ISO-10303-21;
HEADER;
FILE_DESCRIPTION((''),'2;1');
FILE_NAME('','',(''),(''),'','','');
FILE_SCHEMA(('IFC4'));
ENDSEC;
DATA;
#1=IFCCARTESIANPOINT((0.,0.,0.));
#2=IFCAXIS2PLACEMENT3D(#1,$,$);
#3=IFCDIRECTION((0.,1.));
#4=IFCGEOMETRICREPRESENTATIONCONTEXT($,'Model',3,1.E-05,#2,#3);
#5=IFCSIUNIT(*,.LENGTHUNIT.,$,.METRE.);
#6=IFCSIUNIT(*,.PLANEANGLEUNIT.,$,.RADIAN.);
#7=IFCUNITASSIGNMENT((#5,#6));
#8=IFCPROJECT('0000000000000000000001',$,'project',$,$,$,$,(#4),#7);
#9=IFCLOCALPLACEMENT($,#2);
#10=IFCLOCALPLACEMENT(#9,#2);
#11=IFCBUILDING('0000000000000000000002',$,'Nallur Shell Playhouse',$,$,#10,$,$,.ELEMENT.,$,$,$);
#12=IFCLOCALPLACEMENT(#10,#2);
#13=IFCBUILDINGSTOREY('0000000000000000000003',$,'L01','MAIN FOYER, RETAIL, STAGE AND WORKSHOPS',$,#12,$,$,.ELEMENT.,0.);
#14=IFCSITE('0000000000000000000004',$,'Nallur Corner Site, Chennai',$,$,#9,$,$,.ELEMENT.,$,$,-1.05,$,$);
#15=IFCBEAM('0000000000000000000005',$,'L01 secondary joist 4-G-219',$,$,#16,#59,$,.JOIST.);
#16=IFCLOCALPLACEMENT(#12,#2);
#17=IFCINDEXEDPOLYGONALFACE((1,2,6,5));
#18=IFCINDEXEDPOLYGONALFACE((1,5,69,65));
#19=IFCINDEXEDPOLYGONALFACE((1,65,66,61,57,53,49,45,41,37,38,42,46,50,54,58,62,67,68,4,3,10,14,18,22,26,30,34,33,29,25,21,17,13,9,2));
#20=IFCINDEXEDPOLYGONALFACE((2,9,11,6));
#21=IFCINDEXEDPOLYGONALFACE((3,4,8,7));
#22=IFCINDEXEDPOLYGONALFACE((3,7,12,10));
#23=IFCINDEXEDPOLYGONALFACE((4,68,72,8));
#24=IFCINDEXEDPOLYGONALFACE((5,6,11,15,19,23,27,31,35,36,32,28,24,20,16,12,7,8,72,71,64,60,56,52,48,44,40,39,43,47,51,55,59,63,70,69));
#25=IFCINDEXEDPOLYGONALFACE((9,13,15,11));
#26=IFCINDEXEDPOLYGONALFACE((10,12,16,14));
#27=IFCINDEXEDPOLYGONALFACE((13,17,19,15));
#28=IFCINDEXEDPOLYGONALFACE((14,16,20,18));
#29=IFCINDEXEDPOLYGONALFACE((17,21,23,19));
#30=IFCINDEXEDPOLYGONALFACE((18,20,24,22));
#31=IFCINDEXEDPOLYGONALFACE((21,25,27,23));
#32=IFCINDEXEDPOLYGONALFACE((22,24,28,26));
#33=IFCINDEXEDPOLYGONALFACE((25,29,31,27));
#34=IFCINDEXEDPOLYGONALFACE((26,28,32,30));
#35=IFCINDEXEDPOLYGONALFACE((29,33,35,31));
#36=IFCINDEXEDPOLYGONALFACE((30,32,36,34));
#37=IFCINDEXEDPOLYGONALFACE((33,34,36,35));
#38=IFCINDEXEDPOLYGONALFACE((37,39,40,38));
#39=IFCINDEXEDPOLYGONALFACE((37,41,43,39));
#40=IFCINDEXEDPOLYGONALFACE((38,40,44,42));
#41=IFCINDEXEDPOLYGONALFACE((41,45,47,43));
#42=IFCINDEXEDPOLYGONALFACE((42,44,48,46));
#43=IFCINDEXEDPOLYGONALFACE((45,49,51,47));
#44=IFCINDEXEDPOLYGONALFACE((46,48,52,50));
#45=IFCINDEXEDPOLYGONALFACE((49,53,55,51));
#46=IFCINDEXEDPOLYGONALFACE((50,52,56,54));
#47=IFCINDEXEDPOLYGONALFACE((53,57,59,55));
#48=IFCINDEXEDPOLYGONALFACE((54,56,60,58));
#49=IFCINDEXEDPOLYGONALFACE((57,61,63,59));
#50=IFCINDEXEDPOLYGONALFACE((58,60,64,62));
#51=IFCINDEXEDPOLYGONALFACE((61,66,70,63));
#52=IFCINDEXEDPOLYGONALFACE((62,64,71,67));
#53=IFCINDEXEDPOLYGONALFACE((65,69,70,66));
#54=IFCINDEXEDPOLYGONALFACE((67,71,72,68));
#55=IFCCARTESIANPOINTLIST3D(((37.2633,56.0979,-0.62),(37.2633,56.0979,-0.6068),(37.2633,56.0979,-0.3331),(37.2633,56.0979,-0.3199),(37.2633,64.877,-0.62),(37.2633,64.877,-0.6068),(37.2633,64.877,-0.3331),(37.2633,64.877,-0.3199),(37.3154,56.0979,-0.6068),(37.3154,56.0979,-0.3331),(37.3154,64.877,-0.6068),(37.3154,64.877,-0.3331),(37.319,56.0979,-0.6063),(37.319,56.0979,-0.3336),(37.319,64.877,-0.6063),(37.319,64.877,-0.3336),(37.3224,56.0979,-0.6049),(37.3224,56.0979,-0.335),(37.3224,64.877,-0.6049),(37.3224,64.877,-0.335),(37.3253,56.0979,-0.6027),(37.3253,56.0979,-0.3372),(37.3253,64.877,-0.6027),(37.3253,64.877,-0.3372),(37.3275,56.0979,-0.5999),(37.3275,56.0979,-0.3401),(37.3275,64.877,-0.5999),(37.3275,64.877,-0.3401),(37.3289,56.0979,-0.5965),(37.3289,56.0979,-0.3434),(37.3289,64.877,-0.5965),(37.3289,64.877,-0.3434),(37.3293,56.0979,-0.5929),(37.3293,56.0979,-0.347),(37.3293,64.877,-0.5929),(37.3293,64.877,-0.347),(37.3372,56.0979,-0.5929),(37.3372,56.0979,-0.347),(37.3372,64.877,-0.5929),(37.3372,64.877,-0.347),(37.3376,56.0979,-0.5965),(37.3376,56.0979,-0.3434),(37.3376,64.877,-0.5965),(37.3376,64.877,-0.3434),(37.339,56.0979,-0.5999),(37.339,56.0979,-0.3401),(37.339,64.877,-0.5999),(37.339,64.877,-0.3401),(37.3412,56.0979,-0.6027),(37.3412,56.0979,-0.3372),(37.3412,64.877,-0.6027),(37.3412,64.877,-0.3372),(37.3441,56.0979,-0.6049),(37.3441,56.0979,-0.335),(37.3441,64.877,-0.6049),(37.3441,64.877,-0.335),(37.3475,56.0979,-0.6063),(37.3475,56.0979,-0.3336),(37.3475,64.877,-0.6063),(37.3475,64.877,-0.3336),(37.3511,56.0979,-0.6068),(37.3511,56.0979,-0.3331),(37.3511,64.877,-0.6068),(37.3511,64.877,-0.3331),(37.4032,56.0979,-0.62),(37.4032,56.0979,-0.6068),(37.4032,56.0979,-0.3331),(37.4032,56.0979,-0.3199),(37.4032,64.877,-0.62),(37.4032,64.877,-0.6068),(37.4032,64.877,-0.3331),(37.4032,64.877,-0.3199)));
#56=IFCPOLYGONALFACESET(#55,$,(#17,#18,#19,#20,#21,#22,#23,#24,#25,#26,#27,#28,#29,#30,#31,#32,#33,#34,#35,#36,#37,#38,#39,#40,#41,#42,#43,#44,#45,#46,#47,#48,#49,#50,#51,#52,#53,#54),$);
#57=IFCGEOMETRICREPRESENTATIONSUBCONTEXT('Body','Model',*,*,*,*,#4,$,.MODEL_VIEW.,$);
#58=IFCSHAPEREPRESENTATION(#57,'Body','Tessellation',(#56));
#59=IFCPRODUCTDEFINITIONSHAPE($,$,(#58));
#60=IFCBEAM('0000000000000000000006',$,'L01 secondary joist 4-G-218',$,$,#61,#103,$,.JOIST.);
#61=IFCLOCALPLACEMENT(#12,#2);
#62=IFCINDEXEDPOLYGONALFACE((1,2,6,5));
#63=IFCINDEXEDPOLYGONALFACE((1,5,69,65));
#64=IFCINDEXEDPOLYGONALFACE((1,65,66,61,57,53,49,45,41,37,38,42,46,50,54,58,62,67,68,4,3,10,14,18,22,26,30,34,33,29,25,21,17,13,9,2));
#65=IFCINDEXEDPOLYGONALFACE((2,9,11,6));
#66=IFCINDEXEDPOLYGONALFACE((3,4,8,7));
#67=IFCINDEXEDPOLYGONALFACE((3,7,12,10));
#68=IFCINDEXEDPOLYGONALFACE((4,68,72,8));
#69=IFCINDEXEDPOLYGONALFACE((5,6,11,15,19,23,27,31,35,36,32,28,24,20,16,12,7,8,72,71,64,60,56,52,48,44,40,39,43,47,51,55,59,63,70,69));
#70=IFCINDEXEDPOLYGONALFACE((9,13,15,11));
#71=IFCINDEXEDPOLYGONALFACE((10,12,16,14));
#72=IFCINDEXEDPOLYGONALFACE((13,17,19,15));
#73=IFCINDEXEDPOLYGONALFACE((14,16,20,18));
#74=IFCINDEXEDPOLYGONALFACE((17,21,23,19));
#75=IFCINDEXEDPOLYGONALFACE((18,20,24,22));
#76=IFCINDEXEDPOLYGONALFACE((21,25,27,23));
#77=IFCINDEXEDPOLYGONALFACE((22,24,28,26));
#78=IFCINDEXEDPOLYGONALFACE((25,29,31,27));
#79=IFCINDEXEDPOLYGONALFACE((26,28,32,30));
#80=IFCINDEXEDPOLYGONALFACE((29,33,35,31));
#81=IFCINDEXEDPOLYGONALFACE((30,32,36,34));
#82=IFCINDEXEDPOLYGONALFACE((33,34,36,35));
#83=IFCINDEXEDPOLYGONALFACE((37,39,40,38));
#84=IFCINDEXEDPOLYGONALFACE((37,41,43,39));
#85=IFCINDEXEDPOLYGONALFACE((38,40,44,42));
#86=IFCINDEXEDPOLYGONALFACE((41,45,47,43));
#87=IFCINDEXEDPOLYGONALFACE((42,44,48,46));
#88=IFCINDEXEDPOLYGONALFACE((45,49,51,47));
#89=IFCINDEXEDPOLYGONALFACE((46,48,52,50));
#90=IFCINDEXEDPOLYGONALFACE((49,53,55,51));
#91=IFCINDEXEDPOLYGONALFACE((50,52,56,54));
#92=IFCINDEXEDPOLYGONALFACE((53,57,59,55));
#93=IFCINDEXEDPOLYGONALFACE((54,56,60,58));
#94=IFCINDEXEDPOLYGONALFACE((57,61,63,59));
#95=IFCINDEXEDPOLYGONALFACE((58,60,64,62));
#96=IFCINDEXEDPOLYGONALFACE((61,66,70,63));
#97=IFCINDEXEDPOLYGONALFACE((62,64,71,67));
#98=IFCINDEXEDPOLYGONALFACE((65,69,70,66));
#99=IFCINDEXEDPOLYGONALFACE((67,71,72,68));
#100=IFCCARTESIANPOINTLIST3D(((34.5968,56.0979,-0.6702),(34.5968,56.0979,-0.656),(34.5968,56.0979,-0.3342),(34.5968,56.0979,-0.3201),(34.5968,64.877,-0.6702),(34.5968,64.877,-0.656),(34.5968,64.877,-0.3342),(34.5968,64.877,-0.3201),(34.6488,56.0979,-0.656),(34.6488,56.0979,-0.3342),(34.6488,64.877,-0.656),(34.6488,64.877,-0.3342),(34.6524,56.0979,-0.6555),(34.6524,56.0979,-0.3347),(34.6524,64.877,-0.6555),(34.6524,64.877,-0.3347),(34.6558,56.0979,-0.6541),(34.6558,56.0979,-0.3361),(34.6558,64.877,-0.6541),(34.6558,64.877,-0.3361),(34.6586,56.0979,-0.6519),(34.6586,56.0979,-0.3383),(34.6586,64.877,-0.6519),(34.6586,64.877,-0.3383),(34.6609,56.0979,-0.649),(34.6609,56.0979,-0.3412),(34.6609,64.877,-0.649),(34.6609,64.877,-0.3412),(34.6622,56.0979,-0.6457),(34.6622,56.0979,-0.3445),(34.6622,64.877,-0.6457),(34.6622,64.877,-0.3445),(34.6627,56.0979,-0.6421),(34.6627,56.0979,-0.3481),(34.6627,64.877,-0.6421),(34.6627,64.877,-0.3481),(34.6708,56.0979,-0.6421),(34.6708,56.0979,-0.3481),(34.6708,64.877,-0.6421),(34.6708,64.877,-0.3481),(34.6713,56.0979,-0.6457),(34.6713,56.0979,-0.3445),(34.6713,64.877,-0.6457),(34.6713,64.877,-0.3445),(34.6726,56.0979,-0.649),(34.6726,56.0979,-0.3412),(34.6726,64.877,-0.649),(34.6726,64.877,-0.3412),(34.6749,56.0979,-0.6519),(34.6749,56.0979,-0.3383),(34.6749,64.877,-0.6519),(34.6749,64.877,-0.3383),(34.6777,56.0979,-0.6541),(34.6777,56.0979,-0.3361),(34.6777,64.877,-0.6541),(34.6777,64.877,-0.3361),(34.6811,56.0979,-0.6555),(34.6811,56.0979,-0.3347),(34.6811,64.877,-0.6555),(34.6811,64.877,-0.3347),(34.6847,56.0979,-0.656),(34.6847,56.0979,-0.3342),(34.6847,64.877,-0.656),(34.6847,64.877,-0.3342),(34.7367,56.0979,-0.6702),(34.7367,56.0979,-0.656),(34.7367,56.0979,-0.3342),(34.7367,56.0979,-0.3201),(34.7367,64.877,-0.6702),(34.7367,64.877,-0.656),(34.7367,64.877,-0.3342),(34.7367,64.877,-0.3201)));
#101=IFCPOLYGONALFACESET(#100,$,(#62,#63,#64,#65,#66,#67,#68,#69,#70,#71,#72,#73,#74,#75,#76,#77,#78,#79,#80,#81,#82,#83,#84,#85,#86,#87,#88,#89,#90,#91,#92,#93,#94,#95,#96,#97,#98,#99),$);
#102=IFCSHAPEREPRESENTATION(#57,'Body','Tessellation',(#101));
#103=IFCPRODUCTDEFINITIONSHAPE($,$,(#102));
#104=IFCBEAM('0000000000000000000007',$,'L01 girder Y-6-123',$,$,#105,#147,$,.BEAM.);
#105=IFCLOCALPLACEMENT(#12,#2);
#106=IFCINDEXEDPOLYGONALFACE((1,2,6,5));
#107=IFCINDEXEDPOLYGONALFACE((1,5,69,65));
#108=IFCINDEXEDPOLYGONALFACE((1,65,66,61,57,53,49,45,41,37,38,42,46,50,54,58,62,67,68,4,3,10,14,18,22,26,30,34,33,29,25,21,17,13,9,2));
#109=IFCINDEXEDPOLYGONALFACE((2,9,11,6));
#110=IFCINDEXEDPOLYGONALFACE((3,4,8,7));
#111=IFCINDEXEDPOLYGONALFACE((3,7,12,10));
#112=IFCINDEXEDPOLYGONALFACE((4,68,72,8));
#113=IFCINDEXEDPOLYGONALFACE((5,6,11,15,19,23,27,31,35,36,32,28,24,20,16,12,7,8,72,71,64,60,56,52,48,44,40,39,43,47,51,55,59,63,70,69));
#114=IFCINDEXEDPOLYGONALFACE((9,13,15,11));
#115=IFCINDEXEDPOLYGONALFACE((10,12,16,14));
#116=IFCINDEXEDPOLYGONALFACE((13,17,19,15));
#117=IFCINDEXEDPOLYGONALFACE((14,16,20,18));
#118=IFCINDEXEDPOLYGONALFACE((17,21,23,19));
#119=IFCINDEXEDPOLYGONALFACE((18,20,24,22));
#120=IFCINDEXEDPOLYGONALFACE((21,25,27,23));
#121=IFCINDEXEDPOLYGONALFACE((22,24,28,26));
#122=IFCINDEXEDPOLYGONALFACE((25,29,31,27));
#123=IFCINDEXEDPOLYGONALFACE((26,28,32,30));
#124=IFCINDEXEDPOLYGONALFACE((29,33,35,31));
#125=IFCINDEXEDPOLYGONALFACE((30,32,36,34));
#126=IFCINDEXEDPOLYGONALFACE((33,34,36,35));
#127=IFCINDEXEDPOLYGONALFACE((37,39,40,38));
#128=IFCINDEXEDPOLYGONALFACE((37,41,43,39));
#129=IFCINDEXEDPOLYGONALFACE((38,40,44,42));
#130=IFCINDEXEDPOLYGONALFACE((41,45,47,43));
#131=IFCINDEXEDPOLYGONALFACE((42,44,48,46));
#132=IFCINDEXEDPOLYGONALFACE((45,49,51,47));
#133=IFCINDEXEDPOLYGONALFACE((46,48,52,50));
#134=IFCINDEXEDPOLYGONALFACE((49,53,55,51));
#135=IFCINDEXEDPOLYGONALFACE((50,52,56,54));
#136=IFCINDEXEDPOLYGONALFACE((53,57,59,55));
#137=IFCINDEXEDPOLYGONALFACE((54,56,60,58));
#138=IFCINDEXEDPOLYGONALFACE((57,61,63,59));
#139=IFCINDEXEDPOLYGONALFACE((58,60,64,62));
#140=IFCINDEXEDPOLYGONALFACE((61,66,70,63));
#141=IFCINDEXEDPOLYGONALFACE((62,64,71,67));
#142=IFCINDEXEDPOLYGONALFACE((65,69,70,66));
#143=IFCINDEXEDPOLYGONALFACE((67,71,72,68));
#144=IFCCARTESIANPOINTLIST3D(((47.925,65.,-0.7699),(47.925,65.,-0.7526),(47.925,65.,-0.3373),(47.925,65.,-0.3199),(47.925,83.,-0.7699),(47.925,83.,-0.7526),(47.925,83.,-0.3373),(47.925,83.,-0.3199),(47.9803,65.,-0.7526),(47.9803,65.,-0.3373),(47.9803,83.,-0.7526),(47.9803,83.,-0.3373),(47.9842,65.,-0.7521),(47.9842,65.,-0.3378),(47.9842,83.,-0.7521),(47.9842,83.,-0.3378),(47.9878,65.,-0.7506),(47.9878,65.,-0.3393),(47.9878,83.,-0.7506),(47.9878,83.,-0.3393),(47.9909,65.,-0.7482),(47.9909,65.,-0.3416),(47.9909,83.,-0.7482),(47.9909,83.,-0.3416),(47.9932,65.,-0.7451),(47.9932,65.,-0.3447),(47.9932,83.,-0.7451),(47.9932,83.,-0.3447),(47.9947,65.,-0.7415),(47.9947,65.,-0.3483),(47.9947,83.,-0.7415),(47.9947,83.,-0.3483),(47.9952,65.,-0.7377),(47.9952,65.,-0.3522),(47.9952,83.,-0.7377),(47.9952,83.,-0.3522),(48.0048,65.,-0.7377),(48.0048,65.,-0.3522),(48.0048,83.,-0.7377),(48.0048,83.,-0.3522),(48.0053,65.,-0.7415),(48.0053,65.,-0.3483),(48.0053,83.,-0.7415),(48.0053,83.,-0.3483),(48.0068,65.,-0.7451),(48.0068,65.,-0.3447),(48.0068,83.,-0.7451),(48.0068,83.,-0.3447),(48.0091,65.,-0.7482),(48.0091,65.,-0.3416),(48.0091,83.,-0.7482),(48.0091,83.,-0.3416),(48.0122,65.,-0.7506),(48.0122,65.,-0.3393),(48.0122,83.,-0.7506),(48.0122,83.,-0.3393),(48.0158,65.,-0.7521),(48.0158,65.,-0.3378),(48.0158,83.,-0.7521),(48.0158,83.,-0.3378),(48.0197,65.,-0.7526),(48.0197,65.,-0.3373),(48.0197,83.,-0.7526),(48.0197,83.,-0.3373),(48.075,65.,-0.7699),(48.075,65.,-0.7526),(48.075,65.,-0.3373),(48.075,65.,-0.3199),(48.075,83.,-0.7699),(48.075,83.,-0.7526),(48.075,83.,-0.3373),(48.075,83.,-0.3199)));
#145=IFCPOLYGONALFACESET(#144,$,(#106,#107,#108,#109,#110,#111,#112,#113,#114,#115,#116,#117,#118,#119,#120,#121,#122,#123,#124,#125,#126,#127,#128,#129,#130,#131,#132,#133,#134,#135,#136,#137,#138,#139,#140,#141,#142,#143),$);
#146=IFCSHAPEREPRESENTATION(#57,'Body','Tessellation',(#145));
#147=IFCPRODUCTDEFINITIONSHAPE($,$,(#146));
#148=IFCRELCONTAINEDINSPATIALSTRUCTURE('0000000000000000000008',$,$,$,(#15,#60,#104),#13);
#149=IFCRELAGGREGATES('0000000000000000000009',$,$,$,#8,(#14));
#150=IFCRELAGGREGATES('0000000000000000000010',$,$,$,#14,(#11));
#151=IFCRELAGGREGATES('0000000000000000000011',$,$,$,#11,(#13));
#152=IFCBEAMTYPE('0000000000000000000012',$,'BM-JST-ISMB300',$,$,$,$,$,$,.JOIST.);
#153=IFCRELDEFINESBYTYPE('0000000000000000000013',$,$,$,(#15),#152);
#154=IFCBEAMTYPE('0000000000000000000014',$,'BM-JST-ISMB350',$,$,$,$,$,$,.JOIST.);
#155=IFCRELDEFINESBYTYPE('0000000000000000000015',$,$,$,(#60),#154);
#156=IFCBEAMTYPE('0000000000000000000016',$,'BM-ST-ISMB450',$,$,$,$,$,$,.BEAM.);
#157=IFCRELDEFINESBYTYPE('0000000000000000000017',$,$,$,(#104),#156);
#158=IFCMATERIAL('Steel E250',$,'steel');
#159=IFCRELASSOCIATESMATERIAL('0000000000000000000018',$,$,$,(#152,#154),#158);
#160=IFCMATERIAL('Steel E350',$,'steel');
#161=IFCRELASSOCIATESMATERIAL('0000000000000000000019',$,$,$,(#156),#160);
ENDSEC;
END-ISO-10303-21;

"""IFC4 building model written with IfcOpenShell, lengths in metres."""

from ifc_helpers import new_model, si_unit, direction, frame, origin, origin_2d, place, context, subcontext, project, spatial, i_section, extrude, material, material_profile, profile_set, type_object, element, save


model = new_model("IFC4")

# Units and contexts
model_context = context("Model", 3, precision=1e-05, world=origin(), true_north=direction((0.0, 1.0)))
body_context = subcontext(model_context, "Body", "Model", "MODEL_VIEW")
ifc_project = project(units=[si_unit("LENGTHUNIT", "METRE"), si_unit("PLANEANGLEUNIT", "RADIAN")], contexts=[model_context])

# Site, building, storey
site_placement = place(None, origin())
site = spatial("IfcSite", under=ifc_project, at=site_placement, Name="Nallur Corner Site, Chennai", CompositionType="ELEMENT", RefElevation=-1.05)
building_placement = place(site_placement, origin())
building = spatial("IfcBuilding", under=site, at=building_placement, Name="Nallur Shell Playhouse", CompositionType="ELEMENT")
storey_placement = place(building_placement, origin())
storey = spatial("IfcBuildingStorey", under=building, at=storey_placement, Name="L01", Description="MAIN FOYER, RETAIL, STAGE AND WORKSHOPS", CompositionType="ELEMENT", Elevation=0.0)

# Shared definitions
ifc_material_1 = material(Name="Steel E350", Category="steel")

# Beams
ifc_material_2 = material(Name="Steel E250", Category="steel")
ifc_material_profile_1 = material_profile(ifc_material_2, i_section(OverallWidth=0.1399, OverallDepth=0.3, WebThickness=0.0078, FlangeThickness=0.0132, FilletRadius=0.0139, at=origin_2d()), Name="ISMB 300")
ifc_profile_set_1 = profile_set([ifc_material_profile_1], Name="Steel E250")
beam_type_1 = type_object("IfcBeamType", Name="BM-JST-ISMB300", PredefinedType="JOIST", material=ifc_profile_set_1)
beam_1_placement = place(storey_placement, frame((37.3333, 56.0979, -0.47), z_axis=(0.0, 1.0, 0.0), x_axis=(-1.0, 0.0, 0.0)))
element("IfcBeam", 1, at=beam_1_placement, inside=storey, type_object=beam_type_1, Name="L01 secondary joist 4-G-219", PredefinedType="JOIST", context=body_context, shape_type="SweptSolid", body=[
    extrude(i_section(OverallWidth=0.1399, OverallDepth=0.3, WebThickness=0.0078, FlangeThickness=0.0132, FilletRadius=0.0139, at=origin_2d()), origin(), (0.0, 0.0, 1.0), 8.7791),
])
ifc_material_profile_2 = material_profile(ifc_material_2, i_section(OverallWidth=0.1399, OverallDepth=0.3501, WebThickness=0.0081, FlangeThickness=0.0142, FilletRadius=0.0139, at=origin_2d()), Name="ISMB 350")
ifc_profile_set_2 = profile_set([ifc_material_profile_2], Name="Steel E250")
beam_type_2 = type_object("IfcBeamType", Name="BM-JST-ISMB350", PredefinedType="JOIST", material=ifc_profile_set_2)
beam_2_placement = place(storey_placement, frame((34.6667, 56.0979, -0.4951), z_axis=(0.0, 1.0, 0.0), x_axis=(-1.0, 0.0, 0.0)))
element("IfcBeam", 2, at=beam_2_placement, inside=storey, type_object=beam_type_2, Name="L01 secondary joist 4-G-218", PredefinedType="JOIST", context=body_context, shape_type="SweptSolid", body=[
    extrude(i_section(OverallWidth=0.1399, OverallDepth=0.3501, WebThickness=0.0081, FlangeThickness=0.0142, FilletRadius=0.0139, at=origin_2d()), origin(), (0.0, 0.0, 1.0), 8.7791),
])
ifc_material_profile_3 = material_profile(ifc_material_1, i_section(OverallWidth=0.1499, OverallDepth=0.45, WebThickness=0.0095, FlangeThickness=0.0173, FilletRadius=0.0149, at=origin_2d()), Name="ISMB 450")
ifc_profile_set_3 = profile_set([ifc_material_profile_3], Name="Steel E350")
beam_type_3 = type_object("IfcBeamType", Name="BM-ST-ISMB450", PredefinedType="BEAM", material=ifc_profile_set_3)
beam_3_placement = place(storey_placement, frame((48.0, 65.0, -0.5449), z_axis=(0.0, 1.0, 0.0), x_axis=(-1.0, 0.0, 0.0)))
element("IfcBeam", 3, at=beam_3_placement, inside=storey, type_object=beam_type_3, Name="L01 girder Y-6-123", PredefinedType="BEAM", context=body_context, shape_type="SweptSolid", body=[
    extrude(i_section(OverallWidth=0.1499, OverallDepth=0.45, WebThickness=0.0095, FlangeThickness=0.0173, FilletRadius=0.0149, at=origin_2d()), origin(), (0.0, 0.0, 1.0), 18.0),
])

save(model, "model.ifc")
